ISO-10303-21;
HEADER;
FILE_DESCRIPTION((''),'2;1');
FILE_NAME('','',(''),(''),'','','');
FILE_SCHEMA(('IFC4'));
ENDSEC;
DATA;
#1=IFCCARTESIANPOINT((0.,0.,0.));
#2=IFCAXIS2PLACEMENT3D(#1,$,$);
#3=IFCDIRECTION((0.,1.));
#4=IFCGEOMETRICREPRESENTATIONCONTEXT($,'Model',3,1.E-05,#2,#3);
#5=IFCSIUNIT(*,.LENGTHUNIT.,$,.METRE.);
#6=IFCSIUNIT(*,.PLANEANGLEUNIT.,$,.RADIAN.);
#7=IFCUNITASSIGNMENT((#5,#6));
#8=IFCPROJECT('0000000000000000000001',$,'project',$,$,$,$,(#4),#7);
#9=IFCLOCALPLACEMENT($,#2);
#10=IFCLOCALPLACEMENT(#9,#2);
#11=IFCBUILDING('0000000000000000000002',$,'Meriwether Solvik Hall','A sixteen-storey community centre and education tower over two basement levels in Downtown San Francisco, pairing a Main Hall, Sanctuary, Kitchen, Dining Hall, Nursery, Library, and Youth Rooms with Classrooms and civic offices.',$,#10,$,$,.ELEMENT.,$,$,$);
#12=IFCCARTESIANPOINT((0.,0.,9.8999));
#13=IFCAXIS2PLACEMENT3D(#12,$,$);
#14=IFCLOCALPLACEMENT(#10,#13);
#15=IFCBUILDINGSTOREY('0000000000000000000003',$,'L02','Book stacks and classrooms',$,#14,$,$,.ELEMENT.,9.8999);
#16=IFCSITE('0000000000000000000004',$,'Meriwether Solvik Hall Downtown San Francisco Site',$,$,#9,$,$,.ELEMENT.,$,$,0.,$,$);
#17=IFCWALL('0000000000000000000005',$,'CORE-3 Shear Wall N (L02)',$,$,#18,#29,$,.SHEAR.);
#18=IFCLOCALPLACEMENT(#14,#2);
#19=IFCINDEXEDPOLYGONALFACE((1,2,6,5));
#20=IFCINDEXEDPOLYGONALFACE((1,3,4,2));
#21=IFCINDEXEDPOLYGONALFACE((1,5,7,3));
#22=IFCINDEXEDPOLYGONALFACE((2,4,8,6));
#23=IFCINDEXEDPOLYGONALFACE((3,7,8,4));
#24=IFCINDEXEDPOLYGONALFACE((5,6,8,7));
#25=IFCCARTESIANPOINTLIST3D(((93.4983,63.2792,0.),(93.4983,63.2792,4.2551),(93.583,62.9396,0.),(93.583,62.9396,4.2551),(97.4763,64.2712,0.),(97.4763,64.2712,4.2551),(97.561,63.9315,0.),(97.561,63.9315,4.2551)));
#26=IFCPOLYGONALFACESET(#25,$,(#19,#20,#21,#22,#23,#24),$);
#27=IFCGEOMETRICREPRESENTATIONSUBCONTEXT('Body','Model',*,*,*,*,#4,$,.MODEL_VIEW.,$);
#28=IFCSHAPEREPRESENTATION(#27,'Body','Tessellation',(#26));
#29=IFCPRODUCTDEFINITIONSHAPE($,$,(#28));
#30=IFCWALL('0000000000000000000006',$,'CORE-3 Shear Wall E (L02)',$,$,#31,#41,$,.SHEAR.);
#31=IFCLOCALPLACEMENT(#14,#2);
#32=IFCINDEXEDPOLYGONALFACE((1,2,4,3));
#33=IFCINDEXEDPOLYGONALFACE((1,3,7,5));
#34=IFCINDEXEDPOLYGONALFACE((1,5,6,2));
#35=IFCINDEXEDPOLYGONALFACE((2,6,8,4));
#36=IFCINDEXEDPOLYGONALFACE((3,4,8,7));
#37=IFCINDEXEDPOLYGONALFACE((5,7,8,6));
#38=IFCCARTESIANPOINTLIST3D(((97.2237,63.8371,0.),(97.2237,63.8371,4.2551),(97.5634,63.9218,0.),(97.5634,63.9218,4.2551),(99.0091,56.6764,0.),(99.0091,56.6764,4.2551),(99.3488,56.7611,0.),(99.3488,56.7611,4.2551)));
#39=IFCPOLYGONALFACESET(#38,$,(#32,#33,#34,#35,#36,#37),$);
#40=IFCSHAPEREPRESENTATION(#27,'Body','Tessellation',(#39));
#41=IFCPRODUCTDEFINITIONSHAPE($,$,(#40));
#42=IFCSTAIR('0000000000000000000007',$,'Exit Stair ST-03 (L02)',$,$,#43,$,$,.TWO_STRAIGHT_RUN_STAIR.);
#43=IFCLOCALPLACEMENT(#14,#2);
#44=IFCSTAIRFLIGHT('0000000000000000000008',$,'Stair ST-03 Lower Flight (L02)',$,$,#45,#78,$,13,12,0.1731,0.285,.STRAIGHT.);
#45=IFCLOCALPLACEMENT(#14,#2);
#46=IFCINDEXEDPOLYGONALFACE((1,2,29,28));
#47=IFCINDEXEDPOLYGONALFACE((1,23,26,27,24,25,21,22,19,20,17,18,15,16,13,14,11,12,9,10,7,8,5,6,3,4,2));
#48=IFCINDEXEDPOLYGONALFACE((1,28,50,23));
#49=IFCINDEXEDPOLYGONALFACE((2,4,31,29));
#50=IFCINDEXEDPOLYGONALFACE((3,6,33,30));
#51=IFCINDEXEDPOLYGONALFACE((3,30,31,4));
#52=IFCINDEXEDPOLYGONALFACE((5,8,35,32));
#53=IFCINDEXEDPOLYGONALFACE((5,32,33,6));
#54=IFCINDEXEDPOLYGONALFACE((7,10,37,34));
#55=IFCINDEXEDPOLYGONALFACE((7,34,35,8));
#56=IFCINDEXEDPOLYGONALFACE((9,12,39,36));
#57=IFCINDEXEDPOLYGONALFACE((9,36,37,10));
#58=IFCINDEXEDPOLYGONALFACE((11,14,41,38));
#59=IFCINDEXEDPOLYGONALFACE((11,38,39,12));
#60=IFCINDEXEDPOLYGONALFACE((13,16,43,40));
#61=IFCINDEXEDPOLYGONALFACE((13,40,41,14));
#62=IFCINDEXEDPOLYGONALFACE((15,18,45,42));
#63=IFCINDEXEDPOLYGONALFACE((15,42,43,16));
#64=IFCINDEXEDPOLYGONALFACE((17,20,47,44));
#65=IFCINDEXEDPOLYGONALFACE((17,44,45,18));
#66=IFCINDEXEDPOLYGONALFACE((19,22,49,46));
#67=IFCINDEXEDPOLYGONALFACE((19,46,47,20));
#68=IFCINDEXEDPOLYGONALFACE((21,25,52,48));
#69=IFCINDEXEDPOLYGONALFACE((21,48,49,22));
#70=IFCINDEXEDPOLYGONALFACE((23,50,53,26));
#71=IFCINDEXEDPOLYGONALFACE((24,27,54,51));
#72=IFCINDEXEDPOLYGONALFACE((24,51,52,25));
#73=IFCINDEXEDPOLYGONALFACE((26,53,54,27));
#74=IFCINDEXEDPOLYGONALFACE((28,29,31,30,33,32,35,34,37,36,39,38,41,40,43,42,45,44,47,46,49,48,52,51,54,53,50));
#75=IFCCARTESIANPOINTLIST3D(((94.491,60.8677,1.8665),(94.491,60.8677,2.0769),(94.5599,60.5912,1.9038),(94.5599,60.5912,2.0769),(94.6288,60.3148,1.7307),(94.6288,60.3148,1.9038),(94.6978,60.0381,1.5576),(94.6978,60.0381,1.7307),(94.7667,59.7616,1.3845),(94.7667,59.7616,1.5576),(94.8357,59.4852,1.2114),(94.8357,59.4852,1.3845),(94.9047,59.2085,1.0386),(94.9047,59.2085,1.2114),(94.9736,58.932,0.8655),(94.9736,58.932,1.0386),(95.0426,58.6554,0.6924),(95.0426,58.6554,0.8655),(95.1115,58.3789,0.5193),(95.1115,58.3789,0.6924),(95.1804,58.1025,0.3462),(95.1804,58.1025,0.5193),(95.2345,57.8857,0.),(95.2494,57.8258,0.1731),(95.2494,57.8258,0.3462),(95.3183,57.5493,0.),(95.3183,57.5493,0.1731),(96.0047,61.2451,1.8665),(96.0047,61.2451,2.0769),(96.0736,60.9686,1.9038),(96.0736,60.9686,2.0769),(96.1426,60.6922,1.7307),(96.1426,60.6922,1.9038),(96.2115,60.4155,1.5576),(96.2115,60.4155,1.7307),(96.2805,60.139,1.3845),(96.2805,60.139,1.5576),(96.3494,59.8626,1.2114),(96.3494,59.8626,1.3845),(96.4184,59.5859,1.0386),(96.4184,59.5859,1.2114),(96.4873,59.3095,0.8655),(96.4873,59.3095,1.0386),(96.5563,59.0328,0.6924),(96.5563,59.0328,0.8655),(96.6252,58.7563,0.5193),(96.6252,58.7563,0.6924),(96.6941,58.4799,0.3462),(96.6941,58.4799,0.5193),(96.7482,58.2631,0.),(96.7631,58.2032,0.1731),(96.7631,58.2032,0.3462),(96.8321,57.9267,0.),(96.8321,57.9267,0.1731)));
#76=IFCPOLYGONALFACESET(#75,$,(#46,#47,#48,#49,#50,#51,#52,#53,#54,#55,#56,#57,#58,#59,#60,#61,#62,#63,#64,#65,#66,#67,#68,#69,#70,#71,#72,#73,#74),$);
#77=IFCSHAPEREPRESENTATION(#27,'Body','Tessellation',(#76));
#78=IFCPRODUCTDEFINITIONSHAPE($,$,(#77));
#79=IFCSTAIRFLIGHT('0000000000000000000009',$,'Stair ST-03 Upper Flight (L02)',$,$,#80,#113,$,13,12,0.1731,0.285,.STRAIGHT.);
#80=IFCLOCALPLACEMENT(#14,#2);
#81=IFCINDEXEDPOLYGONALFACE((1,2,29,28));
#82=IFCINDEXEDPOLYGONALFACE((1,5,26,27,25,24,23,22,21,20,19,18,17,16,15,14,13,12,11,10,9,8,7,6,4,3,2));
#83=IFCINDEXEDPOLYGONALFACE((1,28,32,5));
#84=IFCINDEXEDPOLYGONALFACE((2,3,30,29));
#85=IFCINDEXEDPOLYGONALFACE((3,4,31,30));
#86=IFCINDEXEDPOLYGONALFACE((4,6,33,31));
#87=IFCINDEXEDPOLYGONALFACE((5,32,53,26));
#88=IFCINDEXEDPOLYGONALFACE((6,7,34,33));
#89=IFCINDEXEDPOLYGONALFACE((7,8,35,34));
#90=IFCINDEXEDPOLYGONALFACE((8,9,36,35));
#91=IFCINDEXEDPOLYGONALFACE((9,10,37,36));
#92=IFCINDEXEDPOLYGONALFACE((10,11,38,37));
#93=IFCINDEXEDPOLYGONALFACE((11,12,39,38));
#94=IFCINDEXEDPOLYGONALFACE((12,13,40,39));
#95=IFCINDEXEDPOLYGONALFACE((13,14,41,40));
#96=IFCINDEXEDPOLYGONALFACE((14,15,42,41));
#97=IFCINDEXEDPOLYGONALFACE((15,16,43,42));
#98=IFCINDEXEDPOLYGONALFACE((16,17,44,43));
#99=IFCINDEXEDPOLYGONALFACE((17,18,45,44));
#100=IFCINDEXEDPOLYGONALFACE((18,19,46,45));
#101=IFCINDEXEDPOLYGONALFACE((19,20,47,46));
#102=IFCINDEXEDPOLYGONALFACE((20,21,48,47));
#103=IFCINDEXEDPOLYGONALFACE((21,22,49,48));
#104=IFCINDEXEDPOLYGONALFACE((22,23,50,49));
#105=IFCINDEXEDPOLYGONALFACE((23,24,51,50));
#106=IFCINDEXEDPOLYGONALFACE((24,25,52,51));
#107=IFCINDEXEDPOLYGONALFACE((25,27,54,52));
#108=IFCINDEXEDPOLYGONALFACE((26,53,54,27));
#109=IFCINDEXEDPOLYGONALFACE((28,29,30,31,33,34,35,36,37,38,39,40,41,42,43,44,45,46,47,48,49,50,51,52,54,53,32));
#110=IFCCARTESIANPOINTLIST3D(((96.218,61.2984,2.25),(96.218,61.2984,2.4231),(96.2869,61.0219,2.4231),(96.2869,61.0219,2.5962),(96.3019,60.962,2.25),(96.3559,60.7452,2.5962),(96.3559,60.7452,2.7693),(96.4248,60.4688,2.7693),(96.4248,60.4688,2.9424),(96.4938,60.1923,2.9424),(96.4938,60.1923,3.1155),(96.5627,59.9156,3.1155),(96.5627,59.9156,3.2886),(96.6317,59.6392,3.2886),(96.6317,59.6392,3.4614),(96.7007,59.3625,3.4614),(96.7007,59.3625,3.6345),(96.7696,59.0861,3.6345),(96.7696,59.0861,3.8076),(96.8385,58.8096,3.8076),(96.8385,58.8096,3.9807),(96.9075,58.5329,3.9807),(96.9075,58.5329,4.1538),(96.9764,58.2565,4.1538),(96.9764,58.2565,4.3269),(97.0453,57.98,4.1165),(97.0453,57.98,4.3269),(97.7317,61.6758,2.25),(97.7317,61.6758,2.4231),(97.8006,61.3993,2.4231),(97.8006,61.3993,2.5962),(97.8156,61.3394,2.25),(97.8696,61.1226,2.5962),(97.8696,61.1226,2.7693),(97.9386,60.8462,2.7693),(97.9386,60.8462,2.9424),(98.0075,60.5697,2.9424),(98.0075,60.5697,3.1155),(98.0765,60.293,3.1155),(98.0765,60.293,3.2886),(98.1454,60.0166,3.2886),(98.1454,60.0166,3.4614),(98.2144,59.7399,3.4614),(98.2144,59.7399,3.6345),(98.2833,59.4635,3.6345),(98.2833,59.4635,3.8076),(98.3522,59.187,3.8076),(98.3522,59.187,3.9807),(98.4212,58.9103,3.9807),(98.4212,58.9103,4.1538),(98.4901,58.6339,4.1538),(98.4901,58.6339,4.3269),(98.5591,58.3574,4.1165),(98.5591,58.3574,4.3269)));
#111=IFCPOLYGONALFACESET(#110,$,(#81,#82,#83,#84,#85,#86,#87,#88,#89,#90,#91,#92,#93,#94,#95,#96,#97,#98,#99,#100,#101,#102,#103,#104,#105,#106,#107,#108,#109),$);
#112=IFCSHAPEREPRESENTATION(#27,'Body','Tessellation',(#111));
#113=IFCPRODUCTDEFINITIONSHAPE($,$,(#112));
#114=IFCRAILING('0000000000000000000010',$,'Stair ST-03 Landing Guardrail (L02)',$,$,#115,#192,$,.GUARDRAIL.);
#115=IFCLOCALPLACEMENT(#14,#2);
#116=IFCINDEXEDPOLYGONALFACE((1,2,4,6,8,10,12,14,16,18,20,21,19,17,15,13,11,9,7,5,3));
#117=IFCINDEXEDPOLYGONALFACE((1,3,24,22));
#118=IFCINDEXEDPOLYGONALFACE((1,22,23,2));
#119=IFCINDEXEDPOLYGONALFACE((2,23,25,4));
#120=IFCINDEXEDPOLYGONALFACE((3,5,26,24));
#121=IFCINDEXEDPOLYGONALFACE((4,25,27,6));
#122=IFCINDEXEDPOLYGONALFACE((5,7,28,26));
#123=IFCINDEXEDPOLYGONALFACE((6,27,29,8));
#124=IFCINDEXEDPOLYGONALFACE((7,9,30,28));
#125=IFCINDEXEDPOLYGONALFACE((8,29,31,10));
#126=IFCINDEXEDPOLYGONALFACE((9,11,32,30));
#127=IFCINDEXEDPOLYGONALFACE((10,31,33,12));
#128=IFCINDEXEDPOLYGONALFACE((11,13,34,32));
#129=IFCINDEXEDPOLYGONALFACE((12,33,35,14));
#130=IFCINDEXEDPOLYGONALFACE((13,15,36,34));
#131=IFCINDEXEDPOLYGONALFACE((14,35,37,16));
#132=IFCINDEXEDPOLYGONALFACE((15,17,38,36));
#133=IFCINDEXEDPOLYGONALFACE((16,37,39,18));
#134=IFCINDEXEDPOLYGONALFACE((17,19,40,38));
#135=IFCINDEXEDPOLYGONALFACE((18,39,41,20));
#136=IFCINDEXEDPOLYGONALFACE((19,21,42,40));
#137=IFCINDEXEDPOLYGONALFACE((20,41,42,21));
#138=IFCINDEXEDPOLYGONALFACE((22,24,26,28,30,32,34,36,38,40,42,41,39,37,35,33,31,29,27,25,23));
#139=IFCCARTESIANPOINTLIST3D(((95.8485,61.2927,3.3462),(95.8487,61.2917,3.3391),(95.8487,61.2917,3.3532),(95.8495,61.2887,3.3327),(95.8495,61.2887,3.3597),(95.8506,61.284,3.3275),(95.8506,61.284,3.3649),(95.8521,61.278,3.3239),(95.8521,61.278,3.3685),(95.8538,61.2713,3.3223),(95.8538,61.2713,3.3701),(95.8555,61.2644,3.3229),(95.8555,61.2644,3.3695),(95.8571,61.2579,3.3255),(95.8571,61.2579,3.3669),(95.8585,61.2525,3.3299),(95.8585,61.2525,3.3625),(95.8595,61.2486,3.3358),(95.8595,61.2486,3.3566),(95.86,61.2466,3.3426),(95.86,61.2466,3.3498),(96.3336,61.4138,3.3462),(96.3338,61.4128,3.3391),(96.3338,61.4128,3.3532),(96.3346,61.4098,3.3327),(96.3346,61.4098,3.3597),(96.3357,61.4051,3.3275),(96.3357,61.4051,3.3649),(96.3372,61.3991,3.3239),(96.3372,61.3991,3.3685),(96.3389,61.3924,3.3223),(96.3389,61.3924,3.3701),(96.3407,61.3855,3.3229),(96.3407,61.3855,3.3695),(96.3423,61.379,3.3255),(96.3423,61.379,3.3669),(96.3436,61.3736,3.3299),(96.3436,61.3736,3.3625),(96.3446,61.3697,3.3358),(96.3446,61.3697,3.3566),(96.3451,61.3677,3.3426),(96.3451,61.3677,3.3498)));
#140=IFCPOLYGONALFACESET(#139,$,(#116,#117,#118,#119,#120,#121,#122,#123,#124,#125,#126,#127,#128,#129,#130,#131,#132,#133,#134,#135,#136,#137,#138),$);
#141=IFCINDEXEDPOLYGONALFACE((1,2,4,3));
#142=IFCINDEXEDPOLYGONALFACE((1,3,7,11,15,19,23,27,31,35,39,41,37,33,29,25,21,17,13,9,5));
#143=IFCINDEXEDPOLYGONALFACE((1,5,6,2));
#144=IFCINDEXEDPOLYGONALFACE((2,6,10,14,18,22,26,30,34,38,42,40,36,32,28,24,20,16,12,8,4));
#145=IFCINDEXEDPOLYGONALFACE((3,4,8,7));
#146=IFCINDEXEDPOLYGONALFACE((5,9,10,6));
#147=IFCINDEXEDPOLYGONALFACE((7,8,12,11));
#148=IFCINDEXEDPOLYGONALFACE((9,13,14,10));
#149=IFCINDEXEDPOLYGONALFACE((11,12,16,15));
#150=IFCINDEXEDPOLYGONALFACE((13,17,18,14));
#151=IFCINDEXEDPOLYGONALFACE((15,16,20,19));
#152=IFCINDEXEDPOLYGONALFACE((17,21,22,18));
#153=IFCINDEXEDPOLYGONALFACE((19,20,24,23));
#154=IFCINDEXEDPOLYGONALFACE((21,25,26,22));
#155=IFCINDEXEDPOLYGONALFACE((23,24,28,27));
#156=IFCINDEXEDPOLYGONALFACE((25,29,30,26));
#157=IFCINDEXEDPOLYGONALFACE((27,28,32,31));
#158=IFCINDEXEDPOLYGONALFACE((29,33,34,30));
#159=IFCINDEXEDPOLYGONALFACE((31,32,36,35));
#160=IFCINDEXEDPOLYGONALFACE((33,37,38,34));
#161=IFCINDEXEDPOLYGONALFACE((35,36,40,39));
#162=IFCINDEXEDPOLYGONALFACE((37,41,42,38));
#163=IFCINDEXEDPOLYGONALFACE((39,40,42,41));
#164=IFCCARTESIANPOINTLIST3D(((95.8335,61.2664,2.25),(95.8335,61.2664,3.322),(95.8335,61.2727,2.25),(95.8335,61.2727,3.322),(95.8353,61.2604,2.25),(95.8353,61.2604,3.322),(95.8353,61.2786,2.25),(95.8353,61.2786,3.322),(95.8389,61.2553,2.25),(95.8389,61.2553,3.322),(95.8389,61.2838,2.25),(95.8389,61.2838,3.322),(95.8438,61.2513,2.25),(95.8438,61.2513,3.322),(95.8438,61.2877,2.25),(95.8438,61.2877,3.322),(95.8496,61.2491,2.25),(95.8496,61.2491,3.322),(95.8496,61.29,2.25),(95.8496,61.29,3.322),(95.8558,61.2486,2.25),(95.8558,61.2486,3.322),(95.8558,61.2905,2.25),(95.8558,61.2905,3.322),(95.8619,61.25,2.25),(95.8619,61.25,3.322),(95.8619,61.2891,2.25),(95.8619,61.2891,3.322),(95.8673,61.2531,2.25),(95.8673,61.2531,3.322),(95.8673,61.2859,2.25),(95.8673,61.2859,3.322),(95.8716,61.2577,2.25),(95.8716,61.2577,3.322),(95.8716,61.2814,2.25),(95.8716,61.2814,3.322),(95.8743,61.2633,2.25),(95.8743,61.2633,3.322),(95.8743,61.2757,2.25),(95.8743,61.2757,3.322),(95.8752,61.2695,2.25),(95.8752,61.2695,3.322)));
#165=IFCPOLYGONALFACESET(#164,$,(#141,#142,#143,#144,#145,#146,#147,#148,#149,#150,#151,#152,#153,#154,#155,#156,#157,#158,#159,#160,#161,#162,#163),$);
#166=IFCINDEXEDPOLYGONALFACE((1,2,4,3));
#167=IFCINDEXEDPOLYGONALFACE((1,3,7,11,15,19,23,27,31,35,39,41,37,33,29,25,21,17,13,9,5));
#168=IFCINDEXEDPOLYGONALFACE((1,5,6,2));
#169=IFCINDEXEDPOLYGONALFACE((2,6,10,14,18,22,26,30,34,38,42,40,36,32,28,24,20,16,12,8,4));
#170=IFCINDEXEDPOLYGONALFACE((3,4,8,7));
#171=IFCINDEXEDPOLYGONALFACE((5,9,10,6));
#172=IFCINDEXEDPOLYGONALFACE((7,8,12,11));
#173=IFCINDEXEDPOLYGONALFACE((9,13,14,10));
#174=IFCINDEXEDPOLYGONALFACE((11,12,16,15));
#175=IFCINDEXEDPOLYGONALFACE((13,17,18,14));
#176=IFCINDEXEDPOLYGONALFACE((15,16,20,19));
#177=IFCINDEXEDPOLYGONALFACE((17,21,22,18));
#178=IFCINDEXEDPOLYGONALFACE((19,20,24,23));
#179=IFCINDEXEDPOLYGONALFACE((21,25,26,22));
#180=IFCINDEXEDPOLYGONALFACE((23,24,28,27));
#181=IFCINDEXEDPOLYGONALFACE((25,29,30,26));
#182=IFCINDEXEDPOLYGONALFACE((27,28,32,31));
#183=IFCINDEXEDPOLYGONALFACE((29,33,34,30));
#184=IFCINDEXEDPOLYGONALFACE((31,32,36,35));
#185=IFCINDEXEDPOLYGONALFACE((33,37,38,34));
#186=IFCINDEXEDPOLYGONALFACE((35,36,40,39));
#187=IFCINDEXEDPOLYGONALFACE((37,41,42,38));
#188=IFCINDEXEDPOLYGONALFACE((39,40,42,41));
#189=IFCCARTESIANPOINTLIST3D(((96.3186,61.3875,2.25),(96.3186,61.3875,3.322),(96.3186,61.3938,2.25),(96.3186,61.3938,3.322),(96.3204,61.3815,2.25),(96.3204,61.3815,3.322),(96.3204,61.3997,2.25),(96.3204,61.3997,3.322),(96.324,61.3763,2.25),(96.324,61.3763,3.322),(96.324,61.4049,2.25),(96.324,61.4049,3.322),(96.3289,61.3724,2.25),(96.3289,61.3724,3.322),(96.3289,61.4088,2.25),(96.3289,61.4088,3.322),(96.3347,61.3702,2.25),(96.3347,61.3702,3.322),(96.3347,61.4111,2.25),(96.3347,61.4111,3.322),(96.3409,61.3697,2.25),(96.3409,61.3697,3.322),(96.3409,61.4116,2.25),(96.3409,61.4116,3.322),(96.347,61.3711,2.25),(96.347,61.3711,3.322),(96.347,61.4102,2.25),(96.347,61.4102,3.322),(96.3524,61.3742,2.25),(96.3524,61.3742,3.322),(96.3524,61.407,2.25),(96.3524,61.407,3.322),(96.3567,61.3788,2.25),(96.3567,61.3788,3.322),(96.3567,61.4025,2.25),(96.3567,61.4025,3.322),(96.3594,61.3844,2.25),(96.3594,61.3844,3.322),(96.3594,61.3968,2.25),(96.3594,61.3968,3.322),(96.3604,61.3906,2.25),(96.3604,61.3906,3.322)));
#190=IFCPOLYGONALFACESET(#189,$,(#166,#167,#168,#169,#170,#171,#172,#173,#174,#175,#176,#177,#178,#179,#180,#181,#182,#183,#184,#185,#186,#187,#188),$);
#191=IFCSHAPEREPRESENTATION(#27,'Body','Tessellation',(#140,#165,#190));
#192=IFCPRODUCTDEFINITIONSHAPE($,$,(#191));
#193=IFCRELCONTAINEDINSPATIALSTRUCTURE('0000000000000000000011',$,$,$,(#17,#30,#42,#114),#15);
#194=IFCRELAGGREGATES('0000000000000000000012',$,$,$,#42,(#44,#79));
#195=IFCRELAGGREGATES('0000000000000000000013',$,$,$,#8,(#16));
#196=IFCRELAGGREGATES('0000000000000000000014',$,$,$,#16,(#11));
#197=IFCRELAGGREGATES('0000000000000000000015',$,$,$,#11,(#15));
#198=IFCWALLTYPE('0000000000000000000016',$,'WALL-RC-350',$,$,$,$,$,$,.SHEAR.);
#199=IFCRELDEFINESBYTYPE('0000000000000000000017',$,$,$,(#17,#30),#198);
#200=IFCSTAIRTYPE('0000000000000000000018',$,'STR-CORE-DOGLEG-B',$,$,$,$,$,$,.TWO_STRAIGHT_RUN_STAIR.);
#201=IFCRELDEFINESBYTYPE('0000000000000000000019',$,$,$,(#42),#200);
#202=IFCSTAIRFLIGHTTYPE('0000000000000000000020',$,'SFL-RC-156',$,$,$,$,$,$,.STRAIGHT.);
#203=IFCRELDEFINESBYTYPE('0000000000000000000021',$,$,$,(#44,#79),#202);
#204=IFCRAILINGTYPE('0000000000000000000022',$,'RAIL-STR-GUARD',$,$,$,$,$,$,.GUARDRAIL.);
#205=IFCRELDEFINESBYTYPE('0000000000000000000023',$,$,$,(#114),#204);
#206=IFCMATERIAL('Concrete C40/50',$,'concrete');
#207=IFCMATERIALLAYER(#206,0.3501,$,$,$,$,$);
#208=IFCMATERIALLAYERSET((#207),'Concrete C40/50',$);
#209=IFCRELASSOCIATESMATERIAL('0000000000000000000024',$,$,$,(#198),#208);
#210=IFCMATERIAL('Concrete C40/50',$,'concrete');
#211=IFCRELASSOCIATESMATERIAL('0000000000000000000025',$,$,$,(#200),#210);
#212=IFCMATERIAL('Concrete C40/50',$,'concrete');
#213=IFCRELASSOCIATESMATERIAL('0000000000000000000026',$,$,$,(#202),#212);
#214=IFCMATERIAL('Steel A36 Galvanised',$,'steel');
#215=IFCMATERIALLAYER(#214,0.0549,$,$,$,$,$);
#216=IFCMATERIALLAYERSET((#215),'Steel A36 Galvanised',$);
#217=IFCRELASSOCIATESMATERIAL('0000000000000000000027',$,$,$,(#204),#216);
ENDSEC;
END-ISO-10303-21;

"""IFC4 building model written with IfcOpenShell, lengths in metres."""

from ifc_helpers import new_model, si_unit, direction, frame, frame_2d, origin, origin_2d, place, context, subcontext, project, spatial, polyline, rectangle, circle, outline, extrude, material, layer, layer_set, type_object, element, aggregate, save


model = new_model("IFC4")

# Units and contexts
model_context = context("Model", 3, precision=1e-05, world=origin(), true_north=direction((0.0, 1.0)))
body_context = subcontext(model_context, "Body", "Model", "MODEL_VIEW")
ifc_project = project(units=[si_unit("LENGTHUNIT", "METRE"), si_unit("PLANEANGLEUNIT", "RADIAN")], contexts=[model_context])

# Site, building, storey
site_placement = place(None, origin())
site = spatial("IfcSite", under=ifc_project, at=site_placement, Name="Meriwether Solvik Hall Downtown San Francisco Site", CompositionType="ELEMENT", RefElevation=0.0)
building_placement = place(site_placement, origin())
building = spatial("IfcBuilding", under=site, at=building_placement, Name="Meriwether Solvik Hall", Description="A sixteen-storey community centre and education tower over two basement levels in Downtown San Francisco, pairing a Main Hall, Sanctuary, Kitchen, Dining Hall, Nursery, Library, and Youth Rooms with Classrooms and civic offices.", CompositionType="ELEMENT")
storey_placement = place(building_placement, frame((0.0, 0.0, 9.8999)))
storey = spatial("IfcBuildingStorey", under=building, at=storey_placement, Name="L02", Description="Book stacks and classrooms", CompositionType="ELEMENT", Elevation=9.8999)

# Shared definitions
ifc_material_1 = material(Name="Concrete C40/50", Category="concrete")
ifc_layer_1 = layer(ifc_material_1, 0.3501)
ifc_layer_set_1 = layer_set([ifc_layer_1], Name="Concrete C40/50")
wall_type = type_object("IfcWallType", Name="WALL-RC-350", PredefinedType="SHEAR", material=ifc_layer_set_1)

# Walls
wall_1_placement = place(storey_placement, frame((97.5186, 64.1013, 0.0), z_axis=(0.0, 0.0, 1.0), x_axis=(-0.970289, -0.241947, 0.0)))
element("IfcWall", 1, at=wall_1_placement, inside=storey, type_object=wall_type, Name="CORE-3 Shear Wall N (L02)", PredefinedType="SHEAR", context=body_context, shape_type="SweptSolid", body=[
    extrude(rectangle(XDim=4.0999, YDim=0.3501, at=frame_2d((2.0498, 0.0))), origin(), (0.0, 0.0, 1.0), 4.2551),
])
wall_2_placement = place(storey_placement, frame((99.179, 56.7188, 0.0), z_axis=(0.0, 0.0, 1.0), x_axis=(-0.241928, 0.970294, 0.0)))
element("IfcWall", 2, at=wall_2_placement, inside=storey, type_object=wall_type, Name="CORE-3 Shear Wall E (L02)", PredefinedType="SHEAR", context=body_context, shape_type="SweptSolid", body=[
    extrude(rectangle(XDim=7.3799, YDim=0.3501, at=frame_2d((3.6899, 0.0))), origin(), (0.0, 0.0, 1.0), 4.2551),
])

# Stair, stair flights
ifc_material_2 = material(Name="Concrete C40/50", Category="concrete")
stair_type = type_object("IfcStairType", Name="STR-CORE-DOGLEG-B", PredefinedType="TWO_STRAIGHT_RUN_STAIR", material=ifc_material_2)
stair_placement = place(storey_placement, origin())
stair = element("IfcStair", 3, at=stair_placement, inside=storey, type_object=stair_type, Name="Exit Stair ST-03 (L02)", PredefinedType="TWO_STRAIGHT_RUN_STAIR")
ifc_material_3 = material(Name="Concrete C40/50", Category="concrete")
stair_flight_type = type_object("IfcStairFlightType", Name="SFL-RC-156", PredefinedType="STRAIGHT", material=ifc_material_3)
stair_flight_1_placement = place(storey_placement, frame((96.0752, 57.738, 0.0), z_axis=(0.0, 0.0, 1.0), x_axis=(-0.241922, 0.970296, 0.0)))
stair_flight_1 = element("IfcStairFlight", 4, at=stair_flight_1_placement, type_object=stair_flight_type, Name="Stair ST-03 Lower Flight (L02)", NumberOfRisers=13, NumberOfTreads=12, PredefinedType="STRAIGHT", RiserHeight=0.1731, TreadLength=0.285, context=body_context, shape_type="SweptSolid", body=[
    extrude(outline(polyline([(0.0, 0.0), (0.0, 0.1731), (0.2849, 0.1731), (0.2849, 0.3462), (0.5701, 0.3462), (0.5701, 0.5193), (0.855, 0.5193), (0.855, 0.6924), (1.1399, 0.6924), (1.1399, 0.8655), (1.425, 0.8655), (1.425, 1.0386), (1.71, 1.0386), (1.71, 1.2114), (1.9951, 1.2114), (1.9951, 1.3845), (2.28, 1.3845), (2.28, 1.5576), (2.5649, 1.5576), (2.5649, 1.7307), (2.8501, 1.7307), (2.8501, 1.9038), (3.135, 1.9038), (3.135, 2.0769), (3.4199, 2.0769), (3.4199, 2.25), (3.4199, 1.8665), (0.3467, 0.0), (0.0, 0.0)])), frame((0.0, 0.78, 0.0), z_axis=(0.0, -1.0, 0.0), x_axis=(1.0, 0.0, 0.0)), (0.0, 0.0, 1.0), 1.5601),
])
stair_flight_2_placement = place(storey_placement, frame((96.9749, 61.4871, 2.25), z_axis=(0.0, 0.0, 1.0), x_axis=(0.241922, -0.970296, 0.0)))
stair_flight_2 = element("IfcStairFlight", 5, at=stair_flight_2_placement, type_object=stair_flight_type, Name="Stair ST-03 Upper Flight (L02)", NumberOfRisers=13, NumberOfTreads=12, PredefinedType="STRAIGHT", RiserHeight=0.1731, TreadLength=0.285, context=body_context, shape_type="SweptSolid", body=[
    extrude(outline(polyline([(0.0, 0.0), (0.0, 0.1731), (0.2849, 0.1731), (0.2849, 0.3462), (0.5701, 0.3462), (0.5701, 0.5193), (0.855, 0.5193), (0.855, 0.6924), (1.1399, 0.6924), (1.1399, 0.8655), (1.425, 0.8655), (1.425, 1.0386), (1.71, 1.0386), (1.71, 1.2114), (1.9951, 1.2114), (1.9951, 1.3845), (2.28, 1.3845), (2.28, 1.5576), (2.5649, 1.5576), (2.5649, 1.7307), (2.8501, 1.7307), (2.8501, 1.9038), (3.135, 1.9038), (3.135, 2.0769), (3.4199, 2.0769), (3.4199, 2.25), (3.4199, 1.8665), (0.3467, 0.0), (0.0, 0.0)])), frame((0.0, 0.78, 0.0), z_axis=(0.0, -1.0, 0.0), x_axis=(1.0, 0.0, 0.0)), (0.0, 0.0, 1.0), 1.5601),
])
aggregate(stair, [stair_flight_1, stair_flight_2])

# Railing
ifc_material_4 = material(Name="Steel A36 Galvanised", Category="steel")
ifc_layer_2 = layer(ifc_material_4, 0.0549)
ifc_layer_set_2 = layer_set([ifc_layer_2], Name="Steel A36 Galvanised")
railing_type_1 = type_object("IfcRailingType", Name="RAIL-STR-GUARD", PredefinedType="GUARDRAIL", material=ifc_layer_set_2)
railing_1_placement = place(storey_placement, frame((95.8542, 61.2695, 2.25)))
element("IfcRailing", 6, at=railing_1_placement, inside=storey, type_object=railing_type_1, Name="Stair ST-03 Landing Guardrail (L02)", PredefinedType="GUARDRAIL", context=body_context, shape_type="SweptSolid", body=[
    extrude(circle(Radius=0.0239, at=origin_2d()), frame((0.0, 0.0, 1.0962), z_axis=(0.970229, 0.242191, 0.0), x_axis=(-0.242191, 0.970229, 0.0)), (0.0, 0.0, 1.0), 0.5),
    extrude(circle(Radius=0.021, at=origin_2d()), origin(), (0.0, 0.0, 1.0), 1.072),
    extrude(circle(Radius=0.021, at=origin_2d()), frame((0.4851, 0.1211, 0.0)), (0.0, 0.0, 1.0), 1.072),
])

save(model, "model.ifc")
